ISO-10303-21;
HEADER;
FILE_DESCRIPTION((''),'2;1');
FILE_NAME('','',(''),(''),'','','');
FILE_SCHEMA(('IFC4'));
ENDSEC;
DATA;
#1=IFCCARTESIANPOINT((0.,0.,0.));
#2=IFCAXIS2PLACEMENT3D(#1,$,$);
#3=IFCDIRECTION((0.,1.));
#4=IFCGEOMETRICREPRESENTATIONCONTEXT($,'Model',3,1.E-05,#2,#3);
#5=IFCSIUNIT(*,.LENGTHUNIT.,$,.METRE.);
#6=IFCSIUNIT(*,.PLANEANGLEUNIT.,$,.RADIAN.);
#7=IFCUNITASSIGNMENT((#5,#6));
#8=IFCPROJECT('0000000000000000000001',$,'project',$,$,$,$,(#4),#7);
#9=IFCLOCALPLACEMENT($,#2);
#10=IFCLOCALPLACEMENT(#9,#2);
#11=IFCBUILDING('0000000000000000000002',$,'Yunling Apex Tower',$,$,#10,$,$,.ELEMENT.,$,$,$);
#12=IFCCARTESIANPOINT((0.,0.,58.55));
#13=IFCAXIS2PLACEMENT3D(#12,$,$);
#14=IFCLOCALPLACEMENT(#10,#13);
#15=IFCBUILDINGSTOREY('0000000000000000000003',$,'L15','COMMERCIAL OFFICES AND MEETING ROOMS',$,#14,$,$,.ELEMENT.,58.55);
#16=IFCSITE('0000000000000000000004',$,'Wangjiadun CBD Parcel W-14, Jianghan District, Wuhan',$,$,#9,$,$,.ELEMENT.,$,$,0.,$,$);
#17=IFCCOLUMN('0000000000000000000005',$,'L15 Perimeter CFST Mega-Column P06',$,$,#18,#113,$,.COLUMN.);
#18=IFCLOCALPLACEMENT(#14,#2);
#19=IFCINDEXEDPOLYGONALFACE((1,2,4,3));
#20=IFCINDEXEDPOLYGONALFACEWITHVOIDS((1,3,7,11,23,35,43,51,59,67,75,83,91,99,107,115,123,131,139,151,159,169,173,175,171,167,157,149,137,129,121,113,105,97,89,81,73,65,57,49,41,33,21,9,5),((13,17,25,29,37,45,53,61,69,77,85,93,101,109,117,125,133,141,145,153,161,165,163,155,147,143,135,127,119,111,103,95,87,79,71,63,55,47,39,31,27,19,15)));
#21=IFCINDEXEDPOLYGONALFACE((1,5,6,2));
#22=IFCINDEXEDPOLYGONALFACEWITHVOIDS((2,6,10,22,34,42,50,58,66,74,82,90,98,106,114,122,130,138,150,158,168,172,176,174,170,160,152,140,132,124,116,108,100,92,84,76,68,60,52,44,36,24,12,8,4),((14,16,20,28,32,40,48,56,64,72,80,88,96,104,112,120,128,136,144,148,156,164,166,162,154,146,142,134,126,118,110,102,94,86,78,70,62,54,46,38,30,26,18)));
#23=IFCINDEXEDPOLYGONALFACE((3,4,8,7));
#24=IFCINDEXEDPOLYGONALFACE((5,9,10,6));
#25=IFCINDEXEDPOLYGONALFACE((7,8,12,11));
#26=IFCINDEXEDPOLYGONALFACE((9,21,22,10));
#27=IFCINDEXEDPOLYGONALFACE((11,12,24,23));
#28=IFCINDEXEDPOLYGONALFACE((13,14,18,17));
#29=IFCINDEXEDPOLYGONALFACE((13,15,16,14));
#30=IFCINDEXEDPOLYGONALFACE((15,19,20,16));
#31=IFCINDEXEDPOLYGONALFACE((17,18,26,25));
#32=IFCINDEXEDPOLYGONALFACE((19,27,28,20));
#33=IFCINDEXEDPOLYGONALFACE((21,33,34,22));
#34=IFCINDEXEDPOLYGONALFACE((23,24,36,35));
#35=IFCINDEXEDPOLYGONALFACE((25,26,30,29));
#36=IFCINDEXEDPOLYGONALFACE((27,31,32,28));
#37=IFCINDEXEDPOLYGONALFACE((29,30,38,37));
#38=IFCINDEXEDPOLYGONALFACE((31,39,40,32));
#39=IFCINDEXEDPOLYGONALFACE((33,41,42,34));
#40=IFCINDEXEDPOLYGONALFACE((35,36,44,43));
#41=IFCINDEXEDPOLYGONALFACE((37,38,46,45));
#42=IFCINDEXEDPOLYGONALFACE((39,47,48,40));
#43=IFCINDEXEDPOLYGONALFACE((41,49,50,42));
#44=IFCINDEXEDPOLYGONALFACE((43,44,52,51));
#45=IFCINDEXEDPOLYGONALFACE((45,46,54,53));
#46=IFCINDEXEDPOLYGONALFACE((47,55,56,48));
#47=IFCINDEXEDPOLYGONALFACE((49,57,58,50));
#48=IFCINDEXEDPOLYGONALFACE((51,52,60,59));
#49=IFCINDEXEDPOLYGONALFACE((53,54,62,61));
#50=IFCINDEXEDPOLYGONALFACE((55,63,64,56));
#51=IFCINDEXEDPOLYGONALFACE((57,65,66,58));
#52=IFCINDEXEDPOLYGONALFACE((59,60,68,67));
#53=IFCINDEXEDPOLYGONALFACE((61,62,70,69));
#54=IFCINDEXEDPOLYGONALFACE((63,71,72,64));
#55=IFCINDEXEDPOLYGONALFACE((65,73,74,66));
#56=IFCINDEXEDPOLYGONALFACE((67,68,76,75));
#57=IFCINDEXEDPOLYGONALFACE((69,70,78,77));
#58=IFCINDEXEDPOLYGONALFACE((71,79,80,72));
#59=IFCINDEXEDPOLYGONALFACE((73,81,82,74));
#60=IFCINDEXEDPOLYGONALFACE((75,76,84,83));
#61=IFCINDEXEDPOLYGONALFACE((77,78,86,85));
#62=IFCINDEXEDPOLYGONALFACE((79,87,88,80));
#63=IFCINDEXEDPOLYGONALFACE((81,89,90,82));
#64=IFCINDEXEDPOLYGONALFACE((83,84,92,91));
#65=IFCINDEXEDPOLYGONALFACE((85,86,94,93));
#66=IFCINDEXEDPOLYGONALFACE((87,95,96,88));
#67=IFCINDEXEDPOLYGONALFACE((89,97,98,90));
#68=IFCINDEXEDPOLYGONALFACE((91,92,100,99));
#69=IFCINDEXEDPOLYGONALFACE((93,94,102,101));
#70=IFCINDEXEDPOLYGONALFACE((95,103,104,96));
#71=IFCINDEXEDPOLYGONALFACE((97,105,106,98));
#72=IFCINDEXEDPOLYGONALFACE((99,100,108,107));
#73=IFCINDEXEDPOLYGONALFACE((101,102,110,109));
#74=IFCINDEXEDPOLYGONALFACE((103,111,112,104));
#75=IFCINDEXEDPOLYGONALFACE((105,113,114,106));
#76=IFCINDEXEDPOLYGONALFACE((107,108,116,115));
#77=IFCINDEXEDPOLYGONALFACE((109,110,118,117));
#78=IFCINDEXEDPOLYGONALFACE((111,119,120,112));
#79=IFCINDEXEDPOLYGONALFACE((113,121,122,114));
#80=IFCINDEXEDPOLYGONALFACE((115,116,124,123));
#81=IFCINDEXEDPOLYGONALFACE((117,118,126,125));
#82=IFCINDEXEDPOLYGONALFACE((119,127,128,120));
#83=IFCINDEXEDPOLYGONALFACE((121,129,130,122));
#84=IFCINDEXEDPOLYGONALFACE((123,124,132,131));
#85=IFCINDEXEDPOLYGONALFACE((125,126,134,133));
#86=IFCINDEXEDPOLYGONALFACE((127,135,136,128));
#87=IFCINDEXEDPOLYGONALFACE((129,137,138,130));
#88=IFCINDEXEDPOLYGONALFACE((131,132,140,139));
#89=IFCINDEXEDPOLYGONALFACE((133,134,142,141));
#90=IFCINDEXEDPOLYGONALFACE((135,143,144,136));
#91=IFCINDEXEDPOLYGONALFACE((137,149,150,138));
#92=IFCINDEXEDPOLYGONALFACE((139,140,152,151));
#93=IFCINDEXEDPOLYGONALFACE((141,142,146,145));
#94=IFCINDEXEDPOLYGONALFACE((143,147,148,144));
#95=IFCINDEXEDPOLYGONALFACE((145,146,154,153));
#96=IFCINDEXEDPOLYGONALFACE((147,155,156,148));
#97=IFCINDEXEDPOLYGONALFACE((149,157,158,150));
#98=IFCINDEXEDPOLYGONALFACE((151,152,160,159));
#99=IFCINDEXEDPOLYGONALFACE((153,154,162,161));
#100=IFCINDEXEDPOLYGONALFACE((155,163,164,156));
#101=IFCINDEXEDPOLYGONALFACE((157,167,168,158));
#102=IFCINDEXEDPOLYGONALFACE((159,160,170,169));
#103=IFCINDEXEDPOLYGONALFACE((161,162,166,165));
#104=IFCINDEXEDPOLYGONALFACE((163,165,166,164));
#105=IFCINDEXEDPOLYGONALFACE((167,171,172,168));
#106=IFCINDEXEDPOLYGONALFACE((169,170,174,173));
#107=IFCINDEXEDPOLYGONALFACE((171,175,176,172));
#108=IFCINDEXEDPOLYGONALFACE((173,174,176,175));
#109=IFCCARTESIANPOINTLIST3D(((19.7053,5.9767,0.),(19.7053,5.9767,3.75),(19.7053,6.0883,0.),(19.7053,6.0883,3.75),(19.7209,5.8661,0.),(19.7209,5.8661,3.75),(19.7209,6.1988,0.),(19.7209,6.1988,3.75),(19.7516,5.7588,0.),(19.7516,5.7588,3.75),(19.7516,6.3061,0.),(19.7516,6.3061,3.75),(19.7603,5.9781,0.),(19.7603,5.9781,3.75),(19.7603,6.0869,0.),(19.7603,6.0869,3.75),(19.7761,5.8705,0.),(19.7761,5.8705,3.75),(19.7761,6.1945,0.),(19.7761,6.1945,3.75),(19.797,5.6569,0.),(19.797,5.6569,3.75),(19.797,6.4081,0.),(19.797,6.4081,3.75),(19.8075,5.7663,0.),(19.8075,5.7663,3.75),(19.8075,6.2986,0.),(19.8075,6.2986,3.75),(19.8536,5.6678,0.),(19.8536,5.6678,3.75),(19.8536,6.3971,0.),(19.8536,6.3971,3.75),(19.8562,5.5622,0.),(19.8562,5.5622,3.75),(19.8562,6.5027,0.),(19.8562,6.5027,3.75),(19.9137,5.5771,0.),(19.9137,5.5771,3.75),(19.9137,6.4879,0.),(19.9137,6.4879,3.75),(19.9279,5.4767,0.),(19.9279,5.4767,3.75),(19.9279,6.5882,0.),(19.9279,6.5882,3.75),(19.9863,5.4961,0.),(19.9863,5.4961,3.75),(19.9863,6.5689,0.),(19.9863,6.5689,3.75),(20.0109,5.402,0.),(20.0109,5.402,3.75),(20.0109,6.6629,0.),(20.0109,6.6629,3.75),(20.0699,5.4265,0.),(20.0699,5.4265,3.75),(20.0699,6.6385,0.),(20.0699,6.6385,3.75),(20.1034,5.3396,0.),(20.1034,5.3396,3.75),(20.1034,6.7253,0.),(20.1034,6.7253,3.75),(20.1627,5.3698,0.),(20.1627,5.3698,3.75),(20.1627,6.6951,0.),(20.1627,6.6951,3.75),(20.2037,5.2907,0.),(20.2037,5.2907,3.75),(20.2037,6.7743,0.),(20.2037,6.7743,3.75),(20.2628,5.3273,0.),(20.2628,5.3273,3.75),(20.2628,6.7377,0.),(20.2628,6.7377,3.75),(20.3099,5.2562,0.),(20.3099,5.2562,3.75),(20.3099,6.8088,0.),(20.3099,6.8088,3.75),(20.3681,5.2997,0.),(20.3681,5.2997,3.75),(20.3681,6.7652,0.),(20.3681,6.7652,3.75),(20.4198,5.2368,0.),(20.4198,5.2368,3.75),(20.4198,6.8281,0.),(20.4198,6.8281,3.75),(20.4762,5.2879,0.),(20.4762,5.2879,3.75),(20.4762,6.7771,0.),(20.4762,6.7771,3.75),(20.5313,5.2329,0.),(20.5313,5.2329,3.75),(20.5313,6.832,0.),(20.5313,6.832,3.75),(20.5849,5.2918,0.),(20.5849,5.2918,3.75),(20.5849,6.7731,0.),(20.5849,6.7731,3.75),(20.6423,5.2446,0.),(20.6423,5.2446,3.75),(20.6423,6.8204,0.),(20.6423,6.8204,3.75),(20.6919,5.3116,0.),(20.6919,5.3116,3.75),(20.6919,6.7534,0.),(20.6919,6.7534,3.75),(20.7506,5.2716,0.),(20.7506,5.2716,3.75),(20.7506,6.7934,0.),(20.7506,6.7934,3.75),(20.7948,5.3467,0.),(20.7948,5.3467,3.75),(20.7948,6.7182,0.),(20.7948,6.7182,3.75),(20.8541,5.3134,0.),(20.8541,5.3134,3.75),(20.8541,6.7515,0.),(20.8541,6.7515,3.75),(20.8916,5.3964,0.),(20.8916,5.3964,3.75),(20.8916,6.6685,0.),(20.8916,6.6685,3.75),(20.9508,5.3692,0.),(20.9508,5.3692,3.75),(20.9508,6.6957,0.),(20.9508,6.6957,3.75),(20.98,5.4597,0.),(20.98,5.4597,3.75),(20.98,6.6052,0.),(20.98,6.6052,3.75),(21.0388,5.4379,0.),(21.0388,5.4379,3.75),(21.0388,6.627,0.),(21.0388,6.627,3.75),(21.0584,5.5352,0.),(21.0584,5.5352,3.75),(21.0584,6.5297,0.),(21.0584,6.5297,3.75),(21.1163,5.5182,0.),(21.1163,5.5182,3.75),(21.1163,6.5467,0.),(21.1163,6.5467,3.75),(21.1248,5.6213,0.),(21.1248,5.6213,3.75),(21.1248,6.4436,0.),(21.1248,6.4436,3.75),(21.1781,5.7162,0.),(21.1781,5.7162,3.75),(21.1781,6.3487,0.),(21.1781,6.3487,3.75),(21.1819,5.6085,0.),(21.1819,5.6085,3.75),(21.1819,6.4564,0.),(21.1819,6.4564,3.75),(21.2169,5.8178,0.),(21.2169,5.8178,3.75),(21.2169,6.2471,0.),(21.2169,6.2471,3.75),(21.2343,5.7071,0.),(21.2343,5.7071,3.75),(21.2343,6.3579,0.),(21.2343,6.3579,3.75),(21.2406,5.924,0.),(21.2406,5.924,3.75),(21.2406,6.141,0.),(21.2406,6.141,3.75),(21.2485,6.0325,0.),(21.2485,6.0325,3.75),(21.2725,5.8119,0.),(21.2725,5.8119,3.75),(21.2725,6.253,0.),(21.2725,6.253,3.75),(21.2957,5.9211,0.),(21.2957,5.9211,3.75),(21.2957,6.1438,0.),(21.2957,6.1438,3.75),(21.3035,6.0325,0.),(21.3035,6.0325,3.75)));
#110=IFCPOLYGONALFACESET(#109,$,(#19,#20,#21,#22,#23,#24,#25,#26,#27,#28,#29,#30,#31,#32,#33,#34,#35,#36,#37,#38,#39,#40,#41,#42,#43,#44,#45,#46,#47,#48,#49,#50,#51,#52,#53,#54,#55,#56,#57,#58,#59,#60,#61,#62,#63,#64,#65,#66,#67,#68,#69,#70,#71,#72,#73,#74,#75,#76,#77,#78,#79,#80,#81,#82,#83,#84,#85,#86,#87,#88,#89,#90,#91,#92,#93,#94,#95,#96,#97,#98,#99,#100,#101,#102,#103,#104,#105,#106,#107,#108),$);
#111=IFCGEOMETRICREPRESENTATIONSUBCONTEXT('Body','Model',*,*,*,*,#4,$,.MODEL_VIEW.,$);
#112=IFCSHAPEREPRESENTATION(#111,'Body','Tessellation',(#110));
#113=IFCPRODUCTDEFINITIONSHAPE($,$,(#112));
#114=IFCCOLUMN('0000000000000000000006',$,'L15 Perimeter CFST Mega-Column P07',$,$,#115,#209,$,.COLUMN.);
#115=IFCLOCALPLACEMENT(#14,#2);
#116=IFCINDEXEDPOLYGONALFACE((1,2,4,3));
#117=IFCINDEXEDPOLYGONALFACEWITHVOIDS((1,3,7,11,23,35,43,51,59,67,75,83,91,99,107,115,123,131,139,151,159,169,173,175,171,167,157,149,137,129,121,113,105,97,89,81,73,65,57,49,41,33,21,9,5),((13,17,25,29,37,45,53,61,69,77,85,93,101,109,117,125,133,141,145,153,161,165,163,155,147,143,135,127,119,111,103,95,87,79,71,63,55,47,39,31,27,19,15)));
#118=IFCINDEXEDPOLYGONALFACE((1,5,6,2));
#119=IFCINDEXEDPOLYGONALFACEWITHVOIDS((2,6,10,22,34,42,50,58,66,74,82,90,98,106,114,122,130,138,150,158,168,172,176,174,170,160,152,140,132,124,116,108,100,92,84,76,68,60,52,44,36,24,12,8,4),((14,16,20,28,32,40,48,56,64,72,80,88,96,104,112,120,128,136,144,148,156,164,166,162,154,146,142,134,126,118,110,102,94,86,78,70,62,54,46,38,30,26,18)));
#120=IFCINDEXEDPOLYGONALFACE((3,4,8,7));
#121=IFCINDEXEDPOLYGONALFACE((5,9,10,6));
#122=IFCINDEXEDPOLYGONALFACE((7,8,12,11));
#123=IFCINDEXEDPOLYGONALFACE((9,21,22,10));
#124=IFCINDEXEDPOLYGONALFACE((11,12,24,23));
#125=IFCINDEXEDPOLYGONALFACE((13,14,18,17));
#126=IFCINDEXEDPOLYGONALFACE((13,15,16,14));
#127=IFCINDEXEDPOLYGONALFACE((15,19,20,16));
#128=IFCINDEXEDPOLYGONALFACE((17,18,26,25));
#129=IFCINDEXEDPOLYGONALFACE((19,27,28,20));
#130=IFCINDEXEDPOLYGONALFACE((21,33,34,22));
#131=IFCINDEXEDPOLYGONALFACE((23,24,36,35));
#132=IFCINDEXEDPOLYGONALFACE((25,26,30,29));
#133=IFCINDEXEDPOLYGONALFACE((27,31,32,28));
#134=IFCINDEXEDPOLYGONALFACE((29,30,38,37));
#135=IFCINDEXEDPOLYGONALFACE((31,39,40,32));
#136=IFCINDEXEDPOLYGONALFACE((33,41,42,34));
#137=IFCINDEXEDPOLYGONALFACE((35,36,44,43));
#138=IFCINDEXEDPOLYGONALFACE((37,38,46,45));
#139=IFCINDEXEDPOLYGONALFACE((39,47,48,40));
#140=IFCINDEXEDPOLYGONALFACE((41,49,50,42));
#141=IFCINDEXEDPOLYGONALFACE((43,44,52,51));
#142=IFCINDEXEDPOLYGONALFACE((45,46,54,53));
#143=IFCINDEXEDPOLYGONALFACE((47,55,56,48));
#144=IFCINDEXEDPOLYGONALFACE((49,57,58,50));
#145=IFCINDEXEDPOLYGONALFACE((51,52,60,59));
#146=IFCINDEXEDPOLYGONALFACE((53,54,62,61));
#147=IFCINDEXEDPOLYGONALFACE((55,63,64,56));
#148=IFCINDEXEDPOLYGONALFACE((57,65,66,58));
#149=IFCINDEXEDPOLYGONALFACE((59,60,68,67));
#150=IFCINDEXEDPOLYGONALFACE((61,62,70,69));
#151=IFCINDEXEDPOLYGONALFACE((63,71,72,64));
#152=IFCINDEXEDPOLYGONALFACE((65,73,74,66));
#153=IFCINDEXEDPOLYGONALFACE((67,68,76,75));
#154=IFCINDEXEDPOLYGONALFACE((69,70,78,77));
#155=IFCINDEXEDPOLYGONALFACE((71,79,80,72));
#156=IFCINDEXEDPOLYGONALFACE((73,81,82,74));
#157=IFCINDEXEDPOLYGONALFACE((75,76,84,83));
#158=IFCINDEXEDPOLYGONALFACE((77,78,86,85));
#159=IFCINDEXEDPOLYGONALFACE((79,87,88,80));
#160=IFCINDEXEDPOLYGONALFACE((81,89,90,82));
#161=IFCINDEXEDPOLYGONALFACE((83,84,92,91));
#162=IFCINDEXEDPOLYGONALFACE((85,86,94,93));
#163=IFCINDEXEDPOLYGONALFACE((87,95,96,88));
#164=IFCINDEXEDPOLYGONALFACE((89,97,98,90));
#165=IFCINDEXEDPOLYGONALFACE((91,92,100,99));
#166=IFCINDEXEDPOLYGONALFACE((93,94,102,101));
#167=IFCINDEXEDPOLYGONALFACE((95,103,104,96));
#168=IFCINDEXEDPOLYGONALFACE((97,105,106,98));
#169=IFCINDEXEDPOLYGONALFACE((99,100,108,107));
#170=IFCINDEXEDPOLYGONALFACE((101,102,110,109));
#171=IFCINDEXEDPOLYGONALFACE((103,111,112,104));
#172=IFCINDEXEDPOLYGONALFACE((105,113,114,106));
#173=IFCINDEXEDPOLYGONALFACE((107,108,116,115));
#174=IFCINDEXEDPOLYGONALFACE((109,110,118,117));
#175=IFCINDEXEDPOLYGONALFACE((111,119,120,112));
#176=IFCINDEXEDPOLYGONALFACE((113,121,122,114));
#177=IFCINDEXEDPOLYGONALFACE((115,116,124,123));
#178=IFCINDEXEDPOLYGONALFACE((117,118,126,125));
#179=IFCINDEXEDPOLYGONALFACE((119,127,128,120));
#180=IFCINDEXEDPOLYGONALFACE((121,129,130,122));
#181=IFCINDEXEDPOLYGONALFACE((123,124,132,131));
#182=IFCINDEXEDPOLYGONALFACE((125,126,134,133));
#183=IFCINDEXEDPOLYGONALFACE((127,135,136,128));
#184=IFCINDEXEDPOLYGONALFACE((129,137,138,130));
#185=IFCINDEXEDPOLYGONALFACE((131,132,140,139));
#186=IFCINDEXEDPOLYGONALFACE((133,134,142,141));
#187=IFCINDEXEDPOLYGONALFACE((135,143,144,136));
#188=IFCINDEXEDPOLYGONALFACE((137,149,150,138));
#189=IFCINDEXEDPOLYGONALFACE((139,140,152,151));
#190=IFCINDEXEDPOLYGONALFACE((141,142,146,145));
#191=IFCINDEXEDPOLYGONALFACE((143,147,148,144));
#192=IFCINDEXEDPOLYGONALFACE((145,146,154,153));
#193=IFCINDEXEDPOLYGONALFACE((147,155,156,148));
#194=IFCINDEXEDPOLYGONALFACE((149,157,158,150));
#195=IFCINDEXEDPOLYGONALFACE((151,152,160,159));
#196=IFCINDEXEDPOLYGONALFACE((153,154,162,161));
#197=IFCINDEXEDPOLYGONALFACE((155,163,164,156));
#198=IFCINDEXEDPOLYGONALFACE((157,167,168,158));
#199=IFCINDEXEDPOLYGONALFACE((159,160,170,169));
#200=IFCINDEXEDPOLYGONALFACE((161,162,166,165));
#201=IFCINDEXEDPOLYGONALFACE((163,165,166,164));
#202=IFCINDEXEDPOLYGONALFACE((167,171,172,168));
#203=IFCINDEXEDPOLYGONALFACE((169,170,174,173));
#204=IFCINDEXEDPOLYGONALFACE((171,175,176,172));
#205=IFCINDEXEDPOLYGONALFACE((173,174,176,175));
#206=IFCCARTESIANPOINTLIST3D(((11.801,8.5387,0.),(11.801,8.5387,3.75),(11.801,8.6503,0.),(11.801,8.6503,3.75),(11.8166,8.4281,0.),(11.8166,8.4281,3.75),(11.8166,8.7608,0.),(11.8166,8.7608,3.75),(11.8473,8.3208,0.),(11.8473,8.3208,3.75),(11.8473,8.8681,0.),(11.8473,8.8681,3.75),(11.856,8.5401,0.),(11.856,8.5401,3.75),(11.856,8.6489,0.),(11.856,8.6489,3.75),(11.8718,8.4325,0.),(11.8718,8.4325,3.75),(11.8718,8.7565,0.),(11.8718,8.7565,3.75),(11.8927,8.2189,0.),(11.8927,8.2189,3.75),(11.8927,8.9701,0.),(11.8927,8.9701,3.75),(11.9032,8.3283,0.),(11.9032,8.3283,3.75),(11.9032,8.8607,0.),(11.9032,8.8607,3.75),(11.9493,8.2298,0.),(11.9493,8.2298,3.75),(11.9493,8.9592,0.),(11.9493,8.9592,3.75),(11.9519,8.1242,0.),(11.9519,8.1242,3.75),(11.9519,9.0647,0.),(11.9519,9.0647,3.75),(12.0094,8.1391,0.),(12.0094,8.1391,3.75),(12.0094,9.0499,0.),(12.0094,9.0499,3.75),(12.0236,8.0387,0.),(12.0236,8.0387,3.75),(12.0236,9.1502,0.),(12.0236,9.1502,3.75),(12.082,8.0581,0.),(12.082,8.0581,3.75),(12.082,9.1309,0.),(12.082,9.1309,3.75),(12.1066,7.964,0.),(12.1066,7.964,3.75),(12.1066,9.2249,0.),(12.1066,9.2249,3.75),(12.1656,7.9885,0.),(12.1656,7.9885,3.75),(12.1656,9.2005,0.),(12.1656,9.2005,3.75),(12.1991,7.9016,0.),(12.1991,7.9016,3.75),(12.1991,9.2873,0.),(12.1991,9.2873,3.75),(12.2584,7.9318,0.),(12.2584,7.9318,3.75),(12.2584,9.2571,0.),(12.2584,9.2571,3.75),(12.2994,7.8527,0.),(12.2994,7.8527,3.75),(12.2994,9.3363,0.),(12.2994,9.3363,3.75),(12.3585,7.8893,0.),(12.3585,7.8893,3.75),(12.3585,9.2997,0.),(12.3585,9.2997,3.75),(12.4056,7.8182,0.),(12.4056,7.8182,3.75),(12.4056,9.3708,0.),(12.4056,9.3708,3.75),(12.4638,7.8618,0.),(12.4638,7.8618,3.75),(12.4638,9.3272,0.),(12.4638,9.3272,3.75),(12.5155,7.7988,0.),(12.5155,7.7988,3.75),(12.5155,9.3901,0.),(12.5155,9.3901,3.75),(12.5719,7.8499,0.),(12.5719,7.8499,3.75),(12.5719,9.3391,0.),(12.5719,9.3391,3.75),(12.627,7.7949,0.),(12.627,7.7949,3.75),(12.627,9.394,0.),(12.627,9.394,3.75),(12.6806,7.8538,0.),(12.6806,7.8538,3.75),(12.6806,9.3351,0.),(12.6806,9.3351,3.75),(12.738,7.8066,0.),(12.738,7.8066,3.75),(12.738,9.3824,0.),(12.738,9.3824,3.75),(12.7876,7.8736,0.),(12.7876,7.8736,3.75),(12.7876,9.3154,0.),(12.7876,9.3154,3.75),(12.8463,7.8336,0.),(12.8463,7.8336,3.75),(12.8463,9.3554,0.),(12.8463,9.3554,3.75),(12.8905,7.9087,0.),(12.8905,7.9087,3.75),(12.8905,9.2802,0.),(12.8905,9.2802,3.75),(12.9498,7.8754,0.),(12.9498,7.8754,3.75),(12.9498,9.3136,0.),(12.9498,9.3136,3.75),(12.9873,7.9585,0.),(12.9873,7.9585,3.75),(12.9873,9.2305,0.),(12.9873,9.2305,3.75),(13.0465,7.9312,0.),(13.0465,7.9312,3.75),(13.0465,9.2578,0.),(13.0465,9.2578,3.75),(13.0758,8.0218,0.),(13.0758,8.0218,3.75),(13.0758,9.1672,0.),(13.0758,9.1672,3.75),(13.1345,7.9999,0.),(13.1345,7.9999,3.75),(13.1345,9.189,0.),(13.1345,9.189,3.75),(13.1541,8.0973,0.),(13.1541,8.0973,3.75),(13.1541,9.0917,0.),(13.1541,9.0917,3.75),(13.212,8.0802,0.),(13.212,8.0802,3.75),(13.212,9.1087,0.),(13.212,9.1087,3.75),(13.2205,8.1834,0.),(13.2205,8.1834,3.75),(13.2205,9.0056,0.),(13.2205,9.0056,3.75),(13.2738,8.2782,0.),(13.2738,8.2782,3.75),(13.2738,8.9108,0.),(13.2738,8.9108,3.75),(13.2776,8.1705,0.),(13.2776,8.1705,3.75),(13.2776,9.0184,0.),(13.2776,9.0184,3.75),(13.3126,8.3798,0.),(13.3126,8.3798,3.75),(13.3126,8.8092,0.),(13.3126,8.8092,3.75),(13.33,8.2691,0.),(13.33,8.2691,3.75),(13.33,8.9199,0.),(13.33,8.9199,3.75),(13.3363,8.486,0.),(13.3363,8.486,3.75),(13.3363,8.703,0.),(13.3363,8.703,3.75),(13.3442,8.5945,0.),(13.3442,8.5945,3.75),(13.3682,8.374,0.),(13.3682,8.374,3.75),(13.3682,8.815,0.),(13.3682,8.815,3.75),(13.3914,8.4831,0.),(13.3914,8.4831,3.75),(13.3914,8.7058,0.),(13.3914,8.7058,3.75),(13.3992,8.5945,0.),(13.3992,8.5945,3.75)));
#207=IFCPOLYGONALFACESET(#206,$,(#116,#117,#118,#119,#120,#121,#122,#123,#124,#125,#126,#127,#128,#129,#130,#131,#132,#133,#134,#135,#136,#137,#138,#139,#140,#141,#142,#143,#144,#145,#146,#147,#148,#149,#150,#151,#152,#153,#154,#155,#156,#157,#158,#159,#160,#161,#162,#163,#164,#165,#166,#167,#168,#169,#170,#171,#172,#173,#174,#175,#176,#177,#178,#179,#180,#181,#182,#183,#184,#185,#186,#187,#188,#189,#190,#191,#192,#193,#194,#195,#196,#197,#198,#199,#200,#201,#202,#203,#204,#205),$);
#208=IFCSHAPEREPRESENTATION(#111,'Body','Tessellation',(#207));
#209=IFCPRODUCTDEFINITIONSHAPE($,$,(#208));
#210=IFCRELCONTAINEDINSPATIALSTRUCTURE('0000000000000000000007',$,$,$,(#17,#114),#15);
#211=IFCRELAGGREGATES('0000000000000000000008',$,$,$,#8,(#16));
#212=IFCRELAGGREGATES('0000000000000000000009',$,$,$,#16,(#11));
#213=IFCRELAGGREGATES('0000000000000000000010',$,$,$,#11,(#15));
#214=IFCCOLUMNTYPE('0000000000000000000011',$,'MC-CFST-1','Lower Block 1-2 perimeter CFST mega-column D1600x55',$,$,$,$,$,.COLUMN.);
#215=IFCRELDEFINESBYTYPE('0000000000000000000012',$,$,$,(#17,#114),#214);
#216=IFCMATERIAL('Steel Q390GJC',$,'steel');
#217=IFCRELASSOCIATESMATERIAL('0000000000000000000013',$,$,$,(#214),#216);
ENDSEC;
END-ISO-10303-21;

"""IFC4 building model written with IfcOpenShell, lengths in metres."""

from ifc_helpers import new_model, si_unit, direction, frame, origin, origin_2d, place, context, subcontext, project, spatial, hollow_circle, extrude, source, transform, mapped, material, material_profile, profile_set, type_object, element, save


model = new_model("IFC4")

# Units and contexts
model_context = context("Model", 3, precision=1e-05, world=origin(), true_north=direction((0.0, 1.0)))
body_context = subcontext(model_context, "Body", "Model", "MODEL_VIEW")
ifc_project = project(units=[si_unit("LENGTHUNIT", "METRE"), si_unit("PLANEANGLEUNIT", "RADIAN")], contexts=[model_context])

# Site, building, storey
site_placement = place(None, origin())
site = spatial("IfcSite", under=ifc_project, at=site_placement, Name="Wangjiadun CBD Parcel W-14, Jianghan District, Wuhan", CompositionType="ELEMENT", RefElevation=0.0)
building_placement = place(site_placement, origin())
building = spatial("IfcBuilding", under=site, at=building_placement, Name="Yunling Apex Tower", CompositionType="ELEMENT")
storey_placement = place(building_placement, frame((0.0, 0.0, 58.55)))
storey = spatial("IfcBuildingStorey", under=building, at=storey_placement, Name="L15", Description="COMMERCIAL OFFICES AND MEETING ROOMS", CompositionType="ELEMENT", Elevation=58.55)

# Columns
ifc_material_1 = material(Name="Steel Q390GJC", Category="steel")
ifc_material_profile_1 = material_profile(ifc_material_1, hollow_circle(Radius=0.8, WallThickness=0.0549, at=origin_2d()))
ifc_profile_set_1 = profile_set([ifc_material_profile_1], Name="Steel Q390GJC")
column_type_1 = type_object("IfcColumnType", Name="MC-CFST-1", Description="Lower Block 1-2 perimeter CFST mega-column D1600x55", PredefinedType="COLUMN", material=ifc_profile_set_1)
shared_shape_1 = source(origin(), body_context, "Body", "SweptSolid", [
    extrude(hollow_circle(Radius=0.8, WallThickness=0.0549, at=origin_2d()), origin(), (0.0, 0.0, 1.0), 3.75),
])
for number, where, z_axis, x_axis, name in (
    (1, (20.5034, 6.0325, 0.0), (0.0, 0.0, 1.0), (1.0, 0.0, 0.0), "L15 Perimeter CFST Mega-Column P06"),
    (2, (12.5991, 8.5945, 0.0), (0.0, 0.0, 1.0), (1.0, 0.0, 0.0), "L15 Perimeter CFST Mega-Column P07"),
):
    element("IfcColumn", number, at=place(storey_placement, frame(where, z_axis=z_axis, x_axis=x_axis)), inside=storey, type_object=column_type_1, Name=name, PredefinedType="COLUMN", context=body_context, shape_type="MappedRepresentation", body=[
        mapped(shared_shape_1, transform((0.0, 0.0, 0.0), scale=1.0)),
    ])

save(model, "model.ifc")
